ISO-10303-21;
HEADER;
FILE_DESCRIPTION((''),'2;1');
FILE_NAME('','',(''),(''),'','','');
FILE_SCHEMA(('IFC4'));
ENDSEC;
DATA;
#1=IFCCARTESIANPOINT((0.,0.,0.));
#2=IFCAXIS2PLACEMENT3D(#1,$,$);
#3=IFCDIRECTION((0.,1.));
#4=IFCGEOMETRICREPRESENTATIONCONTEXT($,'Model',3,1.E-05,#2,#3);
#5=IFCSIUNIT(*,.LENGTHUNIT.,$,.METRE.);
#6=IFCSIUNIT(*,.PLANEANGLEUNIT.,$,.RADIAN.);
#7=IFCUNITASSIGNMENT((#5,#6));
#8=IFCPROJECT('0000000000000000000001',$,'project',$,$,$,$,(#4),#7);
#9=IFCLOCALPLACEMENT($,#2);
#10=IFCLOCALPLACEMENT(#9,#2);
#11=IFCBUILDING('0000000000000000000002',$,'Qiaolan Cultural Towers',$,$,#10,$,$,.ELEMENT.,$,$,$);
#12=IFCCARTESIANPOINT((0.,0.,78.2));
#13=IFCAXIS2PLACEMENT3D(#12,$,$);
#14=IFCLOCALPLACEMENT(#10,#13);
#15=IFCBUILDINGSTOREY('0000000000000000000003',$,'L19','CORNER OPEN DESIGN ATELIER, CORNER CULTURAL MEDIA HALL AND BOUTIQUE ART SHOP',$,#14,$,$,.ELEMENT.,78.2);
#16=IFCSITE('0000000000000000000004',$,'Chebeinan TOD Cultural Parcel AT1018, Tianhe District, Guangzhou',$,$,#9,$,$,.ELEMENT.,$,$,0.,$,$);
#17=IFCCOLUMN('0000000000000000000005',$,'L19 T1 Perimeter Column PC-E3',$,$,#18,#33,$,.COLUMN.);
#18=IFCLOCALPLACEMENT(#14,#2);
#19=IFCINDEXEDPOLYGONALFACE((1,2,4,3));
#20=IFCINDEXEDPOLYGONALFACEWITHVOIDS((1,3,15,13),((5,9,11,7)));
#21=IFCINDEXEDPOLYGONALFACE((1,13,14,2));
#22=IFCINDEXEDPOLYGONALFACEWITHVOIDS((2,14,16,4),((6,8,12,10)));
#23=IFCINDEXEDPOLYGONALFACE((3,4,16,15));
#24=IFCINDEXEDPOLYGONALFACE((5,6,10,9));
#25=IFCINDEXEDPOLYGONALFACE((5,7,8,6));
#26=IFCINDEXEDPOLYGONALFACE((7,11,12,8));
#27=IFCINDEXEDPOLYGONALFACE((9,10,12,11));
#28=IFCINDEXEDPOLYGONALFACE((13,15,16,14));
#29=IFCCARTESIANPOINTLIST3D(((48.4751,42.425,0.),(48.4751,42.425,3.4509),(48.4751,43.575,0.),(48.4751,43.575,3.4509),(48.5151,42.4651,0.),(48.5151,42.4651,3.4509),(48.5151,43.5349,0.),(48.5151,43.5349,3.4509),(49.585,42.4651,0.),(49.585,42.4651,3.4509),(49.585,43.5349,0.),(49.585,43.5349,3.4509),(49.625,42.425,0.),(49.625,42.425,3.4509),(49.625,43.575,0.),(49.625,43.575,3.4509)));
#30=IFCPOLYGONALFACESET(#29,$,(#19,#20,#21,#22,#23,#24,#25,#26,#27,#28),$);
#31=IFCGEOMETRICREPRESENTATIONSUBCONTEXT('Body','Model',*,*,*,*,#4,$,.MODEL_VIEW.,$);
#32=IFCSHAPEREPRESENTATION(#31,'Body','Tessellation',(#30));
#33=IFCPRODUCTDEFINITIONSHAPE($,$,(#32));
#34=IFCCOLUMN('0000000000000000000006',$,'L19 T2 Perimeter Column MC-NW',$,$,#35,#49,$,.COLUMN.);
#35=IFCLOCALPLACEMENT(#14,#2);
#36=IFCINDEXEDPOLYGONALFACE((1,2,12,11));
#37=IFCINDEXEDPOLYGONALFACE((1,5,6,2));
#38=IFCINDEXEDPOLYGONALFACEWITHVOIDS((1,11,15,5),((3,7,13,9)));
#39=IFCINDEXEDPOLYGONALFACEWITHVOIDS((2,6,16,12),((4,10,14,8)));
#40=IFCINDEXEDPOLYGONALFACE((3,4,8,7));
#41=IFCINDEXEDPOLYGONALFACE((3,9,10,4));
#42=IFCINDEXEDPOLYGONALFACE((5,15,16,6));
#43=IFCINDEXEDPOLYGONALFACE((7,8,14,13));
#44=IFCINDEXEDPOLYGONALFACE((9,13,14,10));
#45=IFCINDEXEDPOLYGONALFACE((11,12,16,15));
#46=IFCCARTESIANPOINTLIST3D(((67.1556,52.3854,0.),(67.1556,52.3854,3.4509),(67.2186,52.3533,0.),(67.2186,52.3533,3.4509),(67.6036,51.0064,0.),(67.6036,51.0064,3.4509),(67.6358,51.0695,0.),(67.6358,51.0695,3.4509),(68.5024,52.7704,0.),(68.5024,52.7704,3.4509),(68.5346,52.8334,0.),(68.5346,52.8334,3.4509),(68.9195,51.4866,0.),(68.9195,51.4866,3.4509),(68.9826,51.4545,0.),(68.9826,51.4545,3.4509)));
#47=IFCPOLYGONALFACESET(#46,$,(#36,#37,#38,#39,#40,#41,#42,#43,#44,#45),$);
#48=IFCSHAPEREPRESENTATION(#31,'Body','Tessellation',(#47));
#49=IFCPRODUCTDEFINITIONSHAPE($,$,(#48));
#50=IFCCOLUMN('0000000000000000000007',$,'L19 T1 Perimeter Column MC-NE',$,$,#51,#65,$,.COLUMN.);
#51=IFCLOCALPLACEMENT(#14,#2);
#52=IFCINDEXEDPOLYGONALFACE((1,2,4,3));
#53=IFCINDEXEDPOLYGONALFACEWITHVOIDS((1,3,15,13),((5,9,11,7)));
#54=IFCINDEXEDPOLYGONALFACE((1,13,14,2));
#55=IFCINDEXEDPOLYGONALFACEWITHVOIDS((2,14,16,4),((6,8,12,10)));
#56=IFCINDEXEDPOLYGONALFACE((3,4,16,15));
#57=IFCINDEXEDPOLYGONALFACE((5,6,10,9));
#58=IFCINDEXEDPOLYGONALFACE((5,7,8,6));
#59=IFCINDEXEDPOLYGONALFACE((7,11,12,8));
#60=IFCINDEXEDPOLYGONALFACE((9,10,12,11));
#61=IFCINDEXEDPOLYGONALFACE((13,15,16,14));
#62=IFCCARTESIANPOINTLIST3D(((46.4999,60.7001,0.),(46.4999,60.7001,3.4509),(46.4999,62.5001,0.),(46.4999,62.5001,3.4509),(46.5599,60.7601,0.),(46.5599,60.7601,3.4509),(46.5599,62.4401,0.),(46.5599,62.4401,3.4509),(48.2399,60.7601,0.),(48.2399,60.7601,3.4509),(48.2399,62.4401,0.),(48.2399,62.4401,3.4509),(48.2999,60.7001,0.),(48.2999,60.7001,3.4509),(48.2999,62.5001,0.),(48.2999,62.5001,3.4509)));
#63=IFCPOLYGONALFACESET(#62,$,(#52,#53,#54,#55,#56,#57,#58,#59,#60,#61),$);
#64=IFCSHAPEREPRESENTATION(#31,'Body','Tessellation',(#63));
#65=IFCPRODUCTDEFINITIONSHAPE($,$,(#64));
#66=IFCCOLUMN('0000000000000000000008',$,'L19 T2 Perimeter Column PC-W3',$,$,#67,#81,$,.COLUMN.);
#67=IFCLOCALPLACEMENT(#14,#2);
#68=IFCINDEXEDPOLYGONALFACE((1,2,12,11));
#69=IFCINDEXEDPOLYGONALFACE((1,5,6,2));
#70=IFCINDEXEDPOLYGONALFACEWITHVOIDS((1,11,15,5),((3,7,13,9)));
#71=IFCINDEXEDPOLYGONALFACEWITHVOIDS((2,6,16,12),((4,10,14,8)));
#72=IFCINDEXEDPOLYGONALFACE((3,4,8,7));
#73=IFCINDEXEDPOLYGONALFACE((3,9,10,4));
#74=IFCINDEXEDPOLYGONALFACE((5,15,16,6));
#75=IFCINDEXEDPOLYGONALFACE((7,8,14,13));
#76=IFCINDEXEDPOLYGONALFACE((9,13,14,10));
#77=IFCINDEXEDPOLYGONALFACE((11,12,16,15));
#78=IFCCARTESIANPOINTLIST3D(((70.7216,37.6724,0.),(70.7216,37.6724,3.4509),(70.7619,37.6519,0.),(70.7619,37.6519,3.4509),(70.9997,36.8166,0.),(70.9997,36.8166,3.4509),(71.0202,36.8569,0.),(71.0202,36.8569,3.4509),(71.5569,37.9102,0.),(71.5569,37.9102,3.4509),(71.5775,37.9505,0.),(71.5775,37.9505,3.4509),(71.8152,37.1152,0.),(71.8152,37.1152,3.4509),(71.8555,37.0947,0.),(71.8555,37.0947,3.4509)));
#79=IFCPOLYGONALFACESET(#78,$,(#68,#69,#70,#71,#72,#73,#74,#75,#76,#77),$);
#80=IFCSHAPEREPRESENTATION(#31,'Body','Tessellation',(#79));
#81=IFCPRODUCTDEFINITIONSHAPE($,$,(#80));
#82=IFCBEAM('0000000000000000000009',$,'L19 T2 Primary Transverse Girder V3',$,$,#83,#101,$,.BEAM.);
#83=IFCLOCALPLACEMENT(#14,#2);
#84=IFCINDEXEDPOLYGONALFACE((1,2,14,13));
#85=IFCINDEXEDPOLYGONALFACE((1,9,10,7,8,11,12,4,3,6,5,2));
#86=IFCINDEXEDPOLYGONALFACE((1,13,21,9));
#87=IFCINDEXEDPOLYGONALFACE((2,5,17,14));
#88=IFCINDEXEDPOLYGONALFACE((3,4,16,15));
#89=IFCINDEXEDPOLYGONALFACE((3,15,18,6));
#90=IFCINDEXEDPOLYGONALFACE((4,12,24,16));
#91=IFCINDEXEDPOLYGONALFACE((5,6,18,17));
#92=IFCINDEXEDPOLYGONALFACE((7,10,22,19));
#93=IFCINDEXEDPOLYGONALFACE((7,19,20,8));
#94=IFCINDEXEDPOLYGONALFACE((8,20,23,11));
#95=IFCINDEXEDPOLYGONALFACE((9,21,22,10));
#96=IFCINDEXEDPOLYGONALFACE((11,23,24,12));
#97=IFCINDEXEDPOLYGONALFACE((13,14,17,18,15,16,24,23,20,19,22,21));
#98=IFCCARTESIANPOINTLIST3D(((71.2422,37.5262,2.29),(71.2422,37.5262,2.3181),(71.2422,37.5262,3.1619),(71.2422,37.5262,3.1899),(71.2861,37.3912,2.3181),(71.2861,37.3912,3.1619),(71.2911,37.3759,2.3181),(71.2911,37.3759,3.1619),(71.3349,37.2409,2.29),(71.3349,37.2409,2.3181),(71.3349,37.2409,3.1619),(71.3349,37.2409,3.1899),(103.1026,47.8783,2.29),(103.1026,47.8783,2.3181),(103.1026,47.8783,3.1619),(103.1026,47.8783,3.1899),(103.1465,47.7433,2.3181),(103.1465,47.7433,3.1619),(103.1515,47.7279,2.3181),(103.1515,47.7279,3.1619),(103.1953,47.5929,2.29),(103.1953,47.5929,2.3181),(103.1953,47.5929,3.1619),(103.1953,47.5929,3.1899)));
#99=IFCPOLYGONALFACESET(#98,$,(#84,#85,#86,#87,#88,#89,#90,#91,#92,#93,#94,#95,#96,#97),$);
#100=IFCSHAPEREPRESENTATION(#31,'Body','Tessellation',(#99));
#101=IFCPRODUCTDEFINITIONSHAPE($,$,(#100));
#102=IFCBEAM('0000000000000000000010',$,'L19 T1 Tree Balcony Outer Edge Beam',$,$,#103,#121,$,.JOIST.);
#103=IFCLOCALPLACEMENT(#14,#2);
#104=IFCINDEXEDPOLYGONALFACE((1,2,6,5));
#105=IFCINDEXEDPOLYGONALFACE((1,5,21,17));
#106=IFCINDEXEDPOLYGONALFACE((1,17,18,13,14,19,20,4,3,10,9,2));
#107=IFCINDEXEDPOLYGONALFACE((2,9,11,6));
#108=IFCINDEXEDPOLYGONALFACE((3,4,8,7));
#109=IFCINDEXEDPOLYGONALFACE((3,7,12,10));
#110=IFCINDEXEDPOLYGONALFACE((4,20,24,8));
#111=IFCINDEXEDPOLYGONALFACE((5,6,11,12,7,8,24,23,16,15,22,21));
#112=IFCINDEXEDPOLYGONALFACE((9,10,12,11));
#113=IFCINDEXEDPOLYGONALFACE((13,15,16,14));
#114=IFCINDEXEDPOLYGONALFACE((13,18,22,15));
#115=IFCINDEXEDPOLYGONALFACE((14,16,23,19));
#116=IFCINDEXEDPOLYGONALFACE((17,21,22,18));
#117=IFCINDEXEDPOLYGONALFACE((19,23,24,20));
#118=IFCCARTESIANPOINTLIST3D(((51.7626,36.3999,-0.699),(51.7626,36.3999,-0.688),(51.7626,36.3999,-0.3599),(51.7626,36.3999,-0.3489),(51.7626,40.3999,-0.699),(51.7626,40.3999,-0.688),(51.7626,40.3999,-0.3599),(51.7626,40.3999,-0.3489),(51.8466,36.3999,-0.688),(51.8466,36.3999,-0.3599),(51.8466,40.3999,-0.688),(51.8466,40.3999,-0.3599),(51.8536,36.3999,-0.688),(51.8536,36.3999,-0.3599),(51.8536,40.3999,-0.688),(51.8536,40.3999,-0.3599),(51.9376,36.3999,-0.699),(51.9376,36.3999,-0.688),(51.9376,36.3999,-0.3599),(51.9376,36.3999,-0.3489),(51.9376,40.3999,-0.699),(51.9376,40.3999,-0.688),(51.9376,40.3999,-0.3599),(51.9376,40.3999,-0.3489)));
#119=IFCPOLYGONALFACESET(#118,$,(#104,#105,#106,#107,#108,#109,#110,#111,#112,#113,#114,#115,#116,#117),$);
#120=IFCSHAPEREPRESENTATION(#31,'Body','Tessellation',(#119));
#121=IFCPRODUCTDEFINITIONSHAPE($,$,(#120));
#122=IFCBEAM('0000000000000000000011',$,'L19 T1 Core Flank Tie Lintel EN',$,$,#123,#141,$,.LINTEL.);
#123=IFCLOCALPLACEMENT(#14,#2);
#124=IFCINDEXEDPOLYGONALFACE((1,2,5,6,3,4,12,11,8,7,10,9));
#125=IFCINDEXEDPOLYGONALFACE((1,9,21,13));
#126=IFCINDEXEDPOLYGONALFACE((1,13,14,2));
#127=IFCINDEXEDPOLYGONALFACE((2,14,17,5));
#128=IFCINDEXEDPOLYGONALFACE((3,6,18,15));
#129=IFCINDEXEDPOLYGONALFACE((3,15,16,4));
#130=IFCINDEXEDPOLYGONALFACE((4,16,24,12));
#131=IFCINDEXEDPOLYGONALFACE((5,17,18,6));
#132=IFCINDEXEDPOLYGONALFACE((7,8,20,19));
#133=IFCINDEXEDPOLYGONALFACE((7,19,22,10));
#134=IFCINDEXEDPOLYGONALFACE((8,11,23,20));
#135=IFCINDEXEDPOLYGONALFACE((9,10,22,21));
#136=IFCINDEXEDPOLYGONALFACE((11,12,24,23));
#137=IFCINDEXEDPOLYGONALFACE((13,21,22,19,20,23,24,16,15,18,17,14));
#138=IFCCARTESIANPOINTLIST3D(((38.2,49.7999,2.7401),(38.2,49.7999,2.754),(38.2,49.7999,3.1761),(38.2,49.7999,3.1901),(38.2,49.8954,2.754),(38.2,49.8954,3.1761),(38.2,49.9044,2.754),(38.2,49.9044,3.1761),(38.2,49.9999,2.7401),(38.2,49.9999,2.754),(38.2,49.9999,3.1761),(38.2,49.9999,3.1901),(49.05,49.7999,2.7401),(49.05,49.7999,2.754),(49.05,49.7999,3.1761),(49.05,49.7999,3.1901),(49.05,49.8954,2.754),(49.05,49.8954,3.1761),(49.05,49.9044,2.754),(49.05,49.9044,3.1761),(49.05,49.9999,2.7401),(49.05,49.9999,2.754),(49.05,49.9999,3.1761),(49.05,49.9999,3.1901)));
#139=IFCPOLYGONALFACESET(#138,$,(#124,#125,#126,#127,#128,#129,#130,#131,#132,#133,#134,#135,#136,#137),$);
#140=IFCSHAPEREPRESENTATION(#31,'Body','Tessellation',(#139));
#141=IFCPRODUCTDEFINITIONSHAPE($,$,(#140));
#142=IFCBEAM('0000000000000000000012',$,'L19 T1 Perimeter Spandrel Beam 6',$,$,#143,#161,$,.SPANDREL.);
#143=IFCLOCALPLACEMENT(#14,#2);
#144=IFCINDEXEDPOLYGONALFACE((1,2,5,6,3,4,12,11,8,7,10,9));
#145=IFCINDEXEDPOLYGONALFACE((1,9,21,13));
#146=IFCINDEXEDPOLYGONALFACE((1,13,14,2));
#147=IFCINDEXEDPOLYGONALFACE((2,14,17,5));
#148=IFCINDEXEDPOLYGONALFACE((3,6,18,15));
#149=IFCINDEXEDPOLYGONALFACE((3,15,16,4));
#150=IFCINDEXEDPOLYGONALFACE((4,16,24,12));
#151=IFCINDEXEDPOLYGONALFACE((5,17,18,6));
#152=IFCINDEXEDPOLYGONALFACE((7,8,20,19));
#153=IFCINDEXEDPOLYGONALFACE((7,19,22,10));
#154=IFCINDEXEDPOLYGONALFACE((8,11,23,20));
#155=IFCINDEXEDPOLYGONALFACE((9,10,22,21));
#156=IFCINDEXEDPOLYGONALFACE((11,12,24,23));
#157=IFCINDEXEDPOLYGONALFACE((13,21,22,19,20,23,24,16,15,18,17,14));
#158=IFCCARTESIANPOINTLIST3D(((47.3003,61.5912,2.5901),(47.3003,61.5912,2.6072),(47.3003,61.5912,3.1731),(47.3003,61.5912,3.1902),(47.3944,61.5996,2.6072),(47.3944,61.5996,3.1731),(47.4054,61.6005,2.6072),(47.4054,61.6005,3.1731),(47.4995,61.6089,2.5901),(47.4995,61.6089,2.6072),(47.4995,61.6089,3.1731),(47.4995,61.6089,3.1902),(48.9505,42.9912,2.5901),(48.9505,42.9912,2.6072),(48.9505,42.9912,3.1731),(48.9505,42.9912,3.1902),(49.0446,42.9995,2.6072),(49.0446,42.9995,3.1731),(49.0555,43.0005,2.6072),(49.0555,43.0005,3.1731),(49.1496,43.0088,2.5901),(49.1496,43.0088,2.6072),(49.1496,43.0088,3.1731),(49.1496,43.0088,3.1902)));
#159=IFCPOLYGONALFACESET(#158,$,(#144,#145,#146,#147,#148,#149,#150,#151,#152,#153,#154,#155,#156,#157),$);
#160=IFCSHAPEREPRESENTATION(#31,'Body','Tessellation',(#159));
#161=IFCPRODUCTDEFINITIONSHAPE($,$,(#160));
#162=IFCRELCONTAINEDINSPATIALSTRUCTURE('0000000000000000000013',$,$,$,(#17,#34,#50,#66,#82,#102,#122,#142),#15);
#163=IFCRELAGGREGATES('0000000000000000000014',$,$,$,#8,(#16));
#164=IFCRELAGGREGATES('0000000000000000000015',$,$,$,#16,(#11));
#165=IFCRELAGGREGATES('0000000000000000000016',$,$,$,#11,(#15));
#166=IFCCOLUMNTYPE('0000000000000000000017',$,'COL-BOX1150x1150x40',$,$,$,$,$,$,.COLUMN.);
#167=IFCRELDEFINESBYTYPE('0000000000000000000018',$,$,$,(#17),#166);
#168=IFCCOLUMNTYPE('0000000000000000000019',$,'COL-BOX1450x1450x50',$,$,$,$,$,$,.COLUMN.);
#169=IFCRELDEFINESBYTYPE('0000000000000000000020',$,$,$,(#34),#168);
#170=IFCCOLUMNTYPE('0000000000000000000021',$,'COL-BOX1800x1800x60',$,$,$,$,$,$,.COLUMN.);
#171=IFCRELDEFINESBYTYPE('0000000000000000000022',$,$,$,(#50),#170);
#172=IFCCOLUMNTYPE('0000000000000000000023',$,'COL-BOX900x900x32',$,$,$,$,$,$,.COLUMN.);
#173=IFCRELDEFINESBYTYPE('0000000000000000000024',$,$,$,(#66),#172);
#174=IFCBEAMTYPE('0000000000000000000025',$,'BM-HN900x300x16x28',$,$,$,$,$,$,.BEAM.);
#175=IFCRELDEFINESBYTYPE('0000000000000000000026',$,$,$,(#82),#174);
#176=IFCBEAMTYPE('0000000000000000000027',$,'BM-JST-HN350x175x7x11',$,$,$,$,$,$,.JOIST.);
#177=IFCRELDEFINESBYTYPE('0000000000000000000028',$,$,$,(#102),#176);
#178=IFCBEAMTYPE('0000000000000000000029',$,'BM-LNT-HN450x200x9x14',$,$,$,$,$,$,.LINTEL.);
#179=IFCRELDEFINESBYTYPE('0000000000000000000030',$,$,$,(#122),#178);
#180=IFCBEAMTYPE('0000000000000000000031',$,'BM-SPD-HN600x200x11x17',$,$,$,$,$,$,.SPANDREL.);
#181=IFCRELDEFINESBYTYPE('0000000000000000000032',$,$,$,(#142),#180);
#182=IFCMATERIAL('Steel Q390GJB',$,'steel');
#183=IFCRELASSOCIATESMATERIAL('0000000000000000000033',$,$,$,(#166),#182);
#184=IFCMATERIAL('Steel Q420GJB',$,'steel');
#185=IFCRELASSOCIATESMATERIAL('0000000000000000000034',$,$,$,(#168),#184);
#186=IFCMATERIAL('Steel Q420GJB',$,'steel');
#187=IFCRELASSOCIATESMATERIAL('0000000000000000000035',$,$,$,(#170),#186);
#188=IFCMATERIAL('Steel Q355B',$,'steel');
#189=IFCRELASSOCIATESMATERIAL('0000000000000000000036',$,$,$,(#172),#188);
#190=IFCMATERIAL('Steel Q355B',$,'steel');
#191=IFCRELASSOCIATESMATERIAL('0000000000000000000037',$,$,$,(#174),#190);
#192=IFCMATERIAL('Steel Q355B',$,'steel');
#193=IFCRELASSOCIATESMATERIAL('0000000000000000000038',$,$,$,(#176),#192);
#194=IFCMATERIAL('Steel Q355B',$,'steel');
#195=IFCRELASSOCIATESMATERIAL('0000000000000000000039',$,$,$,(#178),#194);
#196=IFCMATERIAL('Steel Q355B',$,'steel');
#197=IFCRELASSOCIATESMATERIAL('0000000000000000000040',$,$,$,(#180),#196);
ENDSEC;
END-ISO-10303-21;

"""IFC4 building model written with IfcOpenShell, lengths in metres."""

from ifc_helpers import new_model, si_unit, direction, frame, origin, origin_2d, place, context, subcontext, project, spatial, hollow_rectangle, i_section, extrude, material, material_profile, profile_set, type_object, element, save


model = new_model("IFC4")

# Units and contexts
model_context = context("Model", 3, precision=1e-05, world=origin(), true_north=direction((0.0, 1.0)))
body_context = subcontext(model_context, "Body", "Model", "MODEL_VIEW")
ifc_project = project(units=[si_unit("LENGTHUNIT", "METRE"), si_unit("PLANEANGLEUNIT", "RADIAN")], contexts=[model_context])

# Site, building, storey
site_placement = place(None, origin())
site = spatial("IfcSite", under=ifc_project, at=site_placement, Name="Chebeinan TOD Cultural Parcel AT1018, Tianhe District, Guangzhou", CompositionType="ELEMENT", RefElevation=0.0)
building_placement = place(site_placement, origin())
building = spatial("IfcBuilding", under=site, at=building_placement, Name="Qiaolan Cultural Towers", CompositionType="ELEMENT")
storey_placement = place(building_placement, frame((0.0, 0.0, 78.2)))
storey = spatial("IfcBuildingStorey", under=building, at=storey_placement, Name="L19", Description="CORNER OPEN DESIGN ATELIER, CORNER CULTURAL MEDIA HALL AND BOUTIQUE ART SHOP", CompositionType="ELEMENT", Elevation=78.2)

# Columns
ifc_material_1 = material(Name="Steel Q390GJB", Category="steel")
ifc_material_profile_1 = material_profile(ifc_material_1, hollow_rectangle(XDim=1.1499, YDim=1.1499, WallThickness=0.04, at=origin_2d()), Name="BOX1150x1150x40")
ifc_profile_set_1 = profile_set([ifc_material_profile_1], Name="Steel Q390GJB")
column_type_1 = type_object("IfcColumnType", Name="COL-BOX1150x1150x40", PredefinedType="COLUMN", material=ifc_profile_set_1)
column_1_placement = place(storey_placement, frame((49.05, 43.0, 0.0), z_axis=(0.0, 0.0, 1.0), x_axis=(1.0, 0.0, 0.0)))
element("IfcColumn", 1, at=column_1_placement, inside=storey, type_object=column_type_1, Name="L19 T1 Perimeter Column PC-E3", PredefinedType="COLUMN", context=body_context, shape_type="SweptSolid", body=[
    extrude(hollow_rectangle(XDim=1.1499, YDim=1.1499, WallThickness=0.04, at=origin_2d()), origin(), (0.0, 0.0, 1.0), 3.4509),
])
ifc_material_2 = material(Name="Steel Q420GJB", Category="steel")
ifc_material_profile_2 = material_profile(ifc_material_2, hollow_rectangle(XDim=1.45, YDim=1.45, WallThickness=0.05, at=origin_2d()), Name="BOX1450x1450x50")
ifc_profile_set_2 = profile_set([ifc_material_profile_2], Name="Steel Q420GJB")
column_type_2 = type_object("IfcColumnType", Name="COL-BOX1450x1450x50", PredefinedType="COLUMN", material=ifc_profile_set_2)
column_2_placement = place(storey_placement, frame((68.0691, 51.9199, 0.0), z_axis=(0.0, 0.0, 1.0), x_axis=(0.951057, 0.309017, 0.0)))
element("IfcColumn", 2, at=column_2_placement, inside=storey, type_object=column_type_2, Name="L19 T2 Perimeter Column MC-NW", PredefinedType="COLUMN", context=body_context, shape_type="SweptSolid", body=[
    extrude(hollow_rectangle(XDim=1.45, YDim=1.45, WallThickness=0.05, at=origin_2d()), origin(), (0.0, 0.0, 1.0), 3.4509),
])
ifc_material_3 = material(Name="Steel Q420GJB", Category="steel")
ifc_material_profile_3 = material_profile(ifc_material_3, hollow_rectangle(XDim=1.8, YDim=1.8, WallThickness=0.0601, at=origin_2d()), Name="BOX1800x1800x60")
ifc_profile_set_3 = profile_set([ifc_material_profile_3], Name="Steel Q420GJB")
column_type_3 = type_object("IfcColumnType", Name="COL-BOX1800x1800x60", PredefinedType="COLUMN", material=ifc_profile_set_3)
column_3_placement = place(storey_placement, frame((47.3999, 61.6001, 0.0), z_axis=(0.0, 0.0, 1.0), x_axis=(1.0, 0.0, 0.0)))
element("IfcColumn", 3, at=column_3_placement, inside=storey, type_object=column_type_3, Name="L19 T1 Perimeter Column MC-NE", PredefinedType="COLUMN", context=body_context, shape_type="SweptSolid", body=[
    extrude(hollow_rectangle(XDim=1.8, YDim=1.8, WallThickness=0.0601, at=origin_2d()), origin(), (0.0, 0.0, 1.0), 3.4509),
])
ifc_material_4 = material(Name="Steel Q355B", Category="steel")
ifc_material_profile_4 = material_profile(ifc_material_4, hollow_rectangle(XDim=0.8999, YDim=0.8999, WallThickness=0.032, at=origin_2d()), Name="BOX900x900x32")
ifc_profile_set_4 = profile_set([ifc_material_profile_4], Name="Steel Q355B")
column_type_4 = type_object("IfcColumnType", Name="COL-BOX900x900x32", PredefinedType="COLUMN", material=ifc_profile_set_4)
column_4_placement = place(storey_placement, frame((71.2886, 37.3835, 0.0), z_axis=(0.0, 0.0, 1.0), x_axis=(0.951057, 0.309017, 0.0)))
element("IfcColumn", 4, at=column_4_placement, inside=storey, type_object=column_type_4, Name="L19 T2 Perimeter Column PC-W3", PredefinedType="COLUMN", context=body_context, shape_type="SweptSolid", body=[
    extrude(hollow_rectangle(XDim=0.8999, YDim=0.8999, WallThickness=0.032, at=origin_2d()), origin(), (0.0, 0.0, 1.0), 3.4509),
])

# Beams
ifc_material_5 = material(Name="Steel Q355B", Category="steel")
ifc_material_profile_5 = material_profile(ifc_material_5, i_section(OverallWidth=0.3, OverallDepth=0.8999, WebThickness=0.0161, FlangeThickness=0.0281, at=origin_2d()), Name="HN900x300x16x28")
ifc_profile_set_5 = profile_set([ifc_material_profile_5], Name="Steel Q355B")
beam_type_1 = type_object("IfcBeamType", Name="BM-HN900x300x16x28", PredefinedType="BEAM", material=ifc_profile_set_5)
beam_1_placement = place(storey_placement, frame((71.2886, 37.3835, 2.74), z_axis=(0.951057, 0.309017, 0.0), x_axis=(-0.309017, 0.951057, 0.0)))
element("IfcBeam", 5, at=beam_1_placement, inside=storey, type_object=beam_type_1, Name="L19 T2 Primary Transverse Girder V3", PredefinedType="BEAM", context=body_context, shape_type="SweptSolid", body=[
    extrude(i_section(OverallWidth=0.3, OverallDepth=0.8999, WebThickness=0.0161, FlangeThickness=0.0281, at=origin_2d()), origin(), (0.0, 0.0, 1.0), 33.5),
])
ifc_material_6 = material(Name="Steel Q355B", Category="steel")
ifc_material_profile_6 = material_profile(ifc_material_6, i_section(OverallWidth=0.175, OverallDepth=0.3501, WebThickness=0.0071, FlangeThickness=0.011, at=origin_2d()), Name="HN350x175x7x11")
ifc_profile_set_6 = profile_set([ifc_material_profile_6], Name="Steel Q355B")
beam_type_2 = type_object("IfcBeamType", Name="BM-JST-HN350x175x7x11", PredefinedType="JOIST", material=ifc_profile_set_6)
beam_2_placement = place(storey_placement, frame((51.8501, 36.3999, -0.5239), z_axis=(0.0, 1.0, 0.0), x_axis=(-1.0, 0.0, 0.0)))
element("IfcBeam", 6, at=beam_2_placement, inside=storey, type_object=beam_type_2, Name="L19 T1 Tree Balcony Outer Edge Beam", PredefinedType="JOIST", context=body_context, shape_type="SweptSolid", body=[
    extrude(i_section(OverallWidth=0.175, OverallDepth=0.3501, WebThickness=0.0071, FlangeThickness=0.011, at=origin_2d()), origin(), (0.0, 0.0, 1.0), 4.0),
])
ifc_material_7 = material(Name="Steel Q355B", Category="steel")
ifc_material_profile_7 = material_profile(ifc_material_7, i_section(OverallWidth=0.2, OverallDepth=0.45, WebThickness=0.009, FlangeThickness=0.0139, at=origin_2d()), Name="HN450x200x9x14")
ifc_profile_set_7 = profile_set([ifc_material_profile_7], Name="Steel Q355B")
beam_type_3 = type_object("IfcBeamType", Name="BM-LNT-HN450x200x9x14", PredefinedType="LINTEL", material=ifc_profile_set_7)
beam_3_placement = place(storey_placement, frame((38.2, 49.8999, 2.9651), z_axis=(1.0, 0.0, 0.0), x_axis=(0.0, 1.0, 0.0)))
element("IfcBeam", 7, at=beam_3_placement, inside=storey, type_object=beam_type_3, Name="L19 T1 Core Flank Tie Lintel EN", PredefinedType="LINTEL", context=body_context, shape_type="SweptSolid", body=[
    extrude(i_section(OverallWidth=0.2, OverallDepth=0.45, WebThickness=0.009, FlangeThickness=0.0139, at=origin_2d()), origin(), (0.0, 0.0, 1.0), 10.8501),
])
ifc_material_8 = material(Name="Steel Q355B", Category="steel")
ifc_material_profile_8 = material_profile(ifc_material_8, i_section(OverallWidth=0.2, OverallDepth=0.6001, WebThickness=0.011, FlangeThickness=0.0171, at=origin_2d()), Name="HN600x200x11x17")
ifc_profile_set_8 = profile_set([ifc_material_profile_8], Name="Steel Q355B")
beam_type_4 = type_object("IfcBeamType", Name="BM-SPD-HN600x200x11x17", PredefinedType="SPANDREL", material=ifc_profile_set_8)
beam_4_placement = place(storey_placement, frame((49.05, 43.0, 2.8901), z_axis=(-0.08837, 0.996088, 0.0), x_axis=(-0.996088, -0.08837, 0.0)))
element("IfcBeam", 8, at=beam_4_placement, inside=storey, type_object=beam_type_4, Name="L19 T1 Perimeter Spandrel Beam 6", PredefinedType="SPANDREL", context=body_context, shape_type="SweptSolid", body=[
    extrude(i_section(OverallWidth=0.2, OverallDepth=0.6001, WebThickness=0.011, FlangeThickness=0.0171, at=origin_2d()), origin(), (0.0, 0.0, 1.0), 18.6731),
])

save(model, "model.ifc")
